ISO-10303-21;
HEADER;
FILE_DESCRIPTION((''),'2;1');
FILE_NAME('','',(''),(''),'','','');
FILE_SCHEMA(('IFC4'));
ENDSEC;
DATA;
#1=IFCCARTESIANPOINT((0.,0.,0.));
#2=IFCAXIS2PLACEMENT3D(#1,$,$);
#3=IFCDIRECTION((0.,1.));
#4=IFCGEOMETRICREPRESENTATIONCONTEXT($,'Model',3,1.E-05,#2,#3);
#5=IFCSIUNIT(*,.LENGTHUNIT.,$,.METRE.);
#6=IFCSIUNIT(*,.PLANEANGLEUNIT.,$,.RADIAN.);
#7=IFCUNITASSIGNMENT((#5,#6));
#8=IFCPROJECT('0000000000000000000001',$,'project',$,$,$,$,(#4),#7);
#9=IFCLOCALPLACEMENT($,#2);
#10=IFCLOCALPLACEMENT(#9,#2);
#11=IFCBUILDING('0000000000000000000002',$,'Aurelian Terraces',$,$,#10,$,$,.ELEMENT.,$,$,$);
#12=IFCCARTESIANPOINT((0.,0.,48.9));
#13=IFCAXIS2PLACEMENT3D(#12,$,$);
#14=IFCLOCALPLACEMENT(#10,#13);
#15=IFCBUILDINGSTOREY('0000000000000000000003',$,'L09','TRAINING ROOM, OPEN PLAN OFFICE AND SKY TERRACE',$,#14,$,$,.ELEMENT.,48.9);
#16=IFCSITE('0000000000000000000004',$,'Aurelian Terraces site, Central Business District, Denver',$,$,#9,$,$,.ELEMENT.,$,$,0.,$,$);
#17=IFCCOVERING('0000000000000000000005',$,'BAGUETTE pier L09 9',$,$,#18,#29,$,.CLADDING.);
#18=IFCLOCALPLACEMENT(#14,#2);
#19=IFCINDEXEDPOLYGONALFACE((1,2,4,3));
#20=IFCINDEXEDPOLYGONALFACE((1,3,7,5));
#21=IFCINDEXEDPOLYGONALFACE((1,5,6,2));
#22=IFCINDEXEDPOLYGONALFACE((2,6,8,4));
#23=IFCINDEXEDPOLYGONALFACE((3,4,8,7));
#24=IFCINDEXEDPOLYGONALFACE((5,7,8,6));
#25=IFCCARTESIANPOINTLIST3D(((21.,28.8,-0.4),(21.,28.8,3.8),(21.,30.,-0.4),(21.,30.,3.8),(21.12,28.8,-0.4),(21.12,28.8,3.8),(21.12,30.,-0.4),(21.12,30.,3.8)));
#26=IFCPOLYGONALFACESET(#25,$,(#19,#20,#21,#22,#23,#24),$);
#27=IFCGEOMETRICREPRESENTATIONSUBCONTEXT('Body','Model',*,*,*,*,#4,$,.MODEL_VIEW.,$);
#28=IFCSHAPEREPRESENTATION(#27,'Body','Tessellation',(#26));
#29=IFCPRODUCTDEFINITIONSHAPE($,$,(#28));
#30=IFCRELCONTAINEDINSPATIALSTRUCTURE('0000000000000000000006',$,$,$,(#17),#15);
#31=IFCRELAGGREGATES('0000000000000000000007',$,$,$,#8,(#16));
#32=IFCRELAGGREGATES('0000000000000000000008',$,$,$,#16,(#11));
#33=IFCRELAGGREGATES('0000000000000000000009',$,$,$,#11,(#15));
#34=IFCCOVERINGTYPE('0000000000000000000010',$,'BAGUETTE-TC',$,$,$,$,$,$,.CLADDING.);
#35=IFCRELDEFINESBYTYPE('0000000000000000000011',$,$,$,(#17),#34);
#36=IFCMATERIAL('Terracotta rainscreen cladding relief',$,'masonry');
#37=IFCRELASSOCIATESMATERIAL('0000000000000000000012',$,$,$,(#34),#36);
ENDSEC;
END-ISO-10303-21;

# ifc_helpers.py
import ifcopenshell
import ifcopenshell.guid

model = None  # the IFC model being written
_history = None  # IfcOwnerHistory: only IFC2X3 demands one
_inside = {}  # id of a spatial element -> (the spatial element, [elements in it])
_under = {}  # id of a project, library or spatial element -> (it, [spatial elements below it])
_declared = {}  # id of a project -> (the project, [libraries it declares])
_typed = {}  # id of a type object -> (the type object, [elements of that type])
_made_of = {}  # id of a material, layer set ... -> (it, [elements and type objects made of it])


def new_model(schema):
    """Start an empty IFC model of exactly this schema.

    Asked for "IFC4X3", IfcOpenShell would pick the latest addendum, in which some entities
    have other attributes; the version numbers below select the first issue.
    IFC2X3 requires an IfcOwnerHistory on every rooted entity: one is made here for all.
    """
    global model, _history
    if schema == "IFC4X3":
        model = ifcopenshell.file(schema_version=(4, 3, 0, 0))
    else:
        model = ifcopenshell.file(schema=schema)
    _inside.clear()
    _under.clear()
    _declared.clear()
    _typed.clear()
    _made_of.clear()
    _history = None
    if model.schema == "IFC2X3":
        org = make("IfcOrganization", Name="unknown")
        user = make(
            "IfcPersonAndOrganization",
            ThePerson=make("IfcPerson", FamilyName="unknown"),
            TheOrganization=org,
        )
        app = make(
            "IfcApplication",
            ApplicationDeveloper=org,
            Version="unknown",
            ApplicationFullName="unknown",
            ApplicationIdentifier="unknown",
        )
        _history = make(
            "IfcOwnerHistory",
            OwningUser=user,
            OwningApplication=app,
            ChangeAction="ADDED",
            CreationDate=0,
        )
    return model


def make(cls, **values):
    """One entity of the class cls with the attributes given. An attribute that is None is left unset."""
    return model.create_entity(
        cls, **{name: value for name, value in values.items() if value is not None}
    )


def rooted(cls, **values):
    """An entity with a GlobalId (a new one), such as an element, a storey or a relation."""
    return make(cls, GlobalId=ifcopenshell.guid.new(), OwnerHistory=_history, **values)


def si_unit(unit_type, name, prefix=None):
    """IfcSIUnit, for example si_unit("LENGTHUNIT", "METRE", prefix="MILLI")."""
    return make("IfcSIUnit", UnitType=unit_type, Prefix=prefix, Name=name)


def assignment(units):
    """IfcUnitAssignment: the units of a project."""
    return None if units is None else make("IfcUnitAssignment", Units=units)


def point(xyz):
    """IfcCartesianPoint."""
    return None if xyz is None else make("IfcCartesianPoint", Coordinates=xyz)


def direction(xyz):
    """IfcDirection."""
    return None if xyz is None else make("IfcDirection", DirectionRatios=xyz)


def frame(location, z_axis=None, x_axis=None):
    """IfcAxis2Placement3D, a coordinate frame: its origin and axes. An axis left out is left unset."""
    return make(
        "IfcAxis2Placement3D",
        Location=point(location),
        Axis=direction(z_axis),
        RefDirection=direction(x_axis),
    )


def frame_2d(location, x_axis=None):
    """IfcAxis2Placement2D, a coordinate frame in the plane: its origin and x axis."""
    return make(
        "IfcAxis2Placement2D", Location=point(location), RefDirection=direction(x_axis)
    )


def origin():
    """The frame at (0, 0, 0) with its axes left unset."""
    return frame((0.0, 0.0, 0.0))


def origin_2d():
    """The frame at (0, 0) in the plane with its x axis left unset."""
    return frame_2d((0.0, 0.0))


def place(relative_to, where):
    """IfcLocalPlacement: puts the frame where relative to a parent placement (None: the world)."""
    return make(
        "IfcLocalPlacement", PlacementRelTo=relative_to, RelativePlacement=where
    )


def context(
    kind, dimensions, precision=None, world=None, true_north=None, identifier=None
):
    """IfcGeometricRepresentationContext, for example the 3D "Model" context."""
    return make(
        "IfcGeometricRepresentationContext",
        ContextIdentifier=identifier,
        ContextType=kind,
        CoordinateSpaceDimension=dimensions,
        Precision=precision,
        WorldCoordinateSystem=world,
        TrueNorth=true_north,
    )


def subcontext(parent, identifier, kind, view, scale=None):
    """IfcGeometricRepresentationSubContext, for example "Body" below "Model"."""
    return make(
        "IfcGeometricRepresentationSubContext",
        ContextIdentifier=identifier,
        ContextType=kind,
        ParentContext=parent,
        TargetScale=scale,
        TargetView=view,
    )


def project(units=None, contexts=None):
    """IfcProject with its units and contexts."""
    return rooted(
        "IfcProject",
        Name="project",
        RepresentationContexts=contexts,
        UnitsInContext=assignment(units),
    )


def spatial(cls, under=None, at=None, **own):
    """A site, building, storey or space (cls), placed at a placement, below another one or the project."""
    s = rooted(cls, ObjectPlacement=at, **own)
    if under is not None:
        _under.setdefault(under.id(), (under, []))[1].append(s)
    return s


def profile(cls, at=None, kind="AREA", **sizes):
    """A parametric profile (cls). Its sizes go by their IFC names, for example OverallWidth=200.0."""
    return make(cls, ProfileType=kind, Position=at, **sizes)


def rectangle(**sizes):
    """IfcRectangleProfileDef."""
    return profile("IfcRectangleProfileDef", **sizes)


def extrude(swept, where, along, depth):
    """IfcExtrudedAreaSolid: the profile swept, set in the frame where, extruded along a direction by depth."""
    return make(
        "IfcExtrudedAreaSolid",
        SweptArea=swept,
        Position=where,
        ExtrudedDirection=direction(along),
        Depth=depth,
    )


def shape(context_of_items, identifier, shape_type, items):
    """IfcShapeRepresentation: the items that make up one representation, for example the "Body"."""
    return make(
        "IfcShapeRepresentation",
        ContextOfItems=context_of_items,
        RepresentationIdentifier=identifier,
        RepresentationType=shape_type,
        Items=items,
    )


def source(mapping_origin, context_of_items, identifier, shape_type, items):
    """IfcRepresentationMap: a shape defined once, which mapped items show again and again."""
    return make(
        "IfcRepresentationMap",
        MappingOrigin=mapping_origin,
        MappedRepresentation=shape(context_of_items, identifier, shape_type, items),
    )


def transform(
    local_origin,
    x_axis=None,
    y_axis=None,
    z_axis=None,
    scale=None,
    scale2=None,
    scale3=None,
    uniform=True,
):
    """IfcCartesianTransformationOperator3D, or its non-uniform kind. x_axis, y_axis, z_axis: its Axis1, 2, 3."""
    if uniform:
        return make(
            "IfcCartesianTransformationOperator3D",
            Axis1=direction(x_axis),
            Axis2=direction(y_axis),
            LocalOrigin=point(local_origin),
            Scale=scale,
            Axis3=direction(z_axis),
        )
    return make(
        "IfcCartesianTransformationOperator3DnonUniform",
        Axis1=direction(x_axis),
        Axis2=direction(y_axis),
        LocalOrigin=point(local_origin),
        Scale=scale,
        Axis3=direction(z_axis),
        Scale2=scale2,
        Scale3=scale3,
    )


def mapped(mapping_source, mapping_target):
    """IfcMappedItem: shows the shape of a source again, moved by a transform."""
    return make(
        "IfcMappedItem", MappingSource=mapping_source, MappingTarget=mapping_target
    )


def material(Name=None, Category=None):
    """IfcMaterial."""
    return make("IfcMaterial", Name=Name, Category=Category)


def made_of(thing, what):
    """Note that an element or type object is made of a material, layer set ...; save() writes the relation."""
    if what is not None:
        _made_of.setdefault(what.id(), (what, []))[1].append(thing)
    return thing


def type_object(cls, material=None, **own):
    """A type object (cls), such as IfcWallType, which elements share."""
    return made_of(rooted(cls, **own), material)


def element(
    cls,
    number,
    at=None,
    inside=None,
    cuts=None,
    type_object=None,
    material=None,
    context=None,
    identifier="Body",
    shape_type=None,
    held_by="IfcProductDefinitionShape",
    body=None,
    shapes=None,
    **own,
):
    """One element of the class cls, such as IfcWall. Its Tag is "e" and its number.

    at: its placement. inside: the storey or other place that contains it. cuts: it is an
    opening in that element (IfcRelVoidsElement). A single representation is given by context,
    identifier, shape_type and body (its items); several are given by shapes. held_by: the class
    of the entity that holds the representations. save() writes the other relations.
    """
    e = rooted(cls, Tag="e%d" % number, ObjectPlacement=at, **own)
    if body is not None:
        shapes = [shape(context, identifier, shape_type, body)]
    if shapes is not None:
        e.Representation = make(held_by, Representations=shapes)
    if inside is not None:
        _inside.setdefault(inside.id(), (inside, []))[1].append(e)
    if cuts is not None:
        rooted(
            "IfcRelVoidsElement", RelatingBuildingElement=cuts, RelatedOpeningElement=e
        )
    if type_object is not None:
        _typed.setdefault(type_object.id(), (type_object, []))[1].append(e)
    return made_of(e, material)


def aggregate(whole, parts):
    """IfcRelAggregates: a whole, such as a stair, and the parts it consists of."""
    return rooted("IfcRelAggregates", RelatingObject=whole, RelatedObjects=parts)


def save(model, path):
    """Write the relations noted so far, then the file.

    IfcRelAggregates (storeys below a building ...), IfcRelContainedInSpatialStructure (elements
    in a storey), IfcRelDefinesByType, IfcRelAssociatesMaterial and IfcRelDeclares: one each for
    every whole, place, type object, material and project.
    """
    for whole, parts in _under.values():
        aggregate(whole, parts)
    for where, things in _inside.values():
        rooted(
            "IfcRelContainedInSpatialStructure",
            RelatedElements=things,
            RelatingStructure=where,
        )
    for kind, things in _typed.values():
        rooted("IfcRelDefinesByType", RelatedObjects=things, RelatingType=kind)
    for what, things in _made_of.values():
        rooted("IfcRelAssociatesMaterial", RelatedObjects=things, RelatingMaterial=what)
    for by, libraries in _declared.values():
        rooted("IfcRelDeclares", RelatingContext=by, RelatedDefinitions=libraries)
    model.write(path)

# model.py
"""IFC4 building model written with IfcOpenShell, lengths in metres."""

from ifc_helpers import new_model, si_unit, direction, frame, origin, origin_2d, place, context, subcontext, project, spatial, rectangle, extrude, source, transform, mapped, material, type_object, element, save


model = new_model("IFC4")

# Units and contexts
model_context = context("Model", 3, precision=1e-05, world=origin(), true_north=direction((0.0, 1.0)))
body_context = subcontext(model_context, "Body", "Model", "MODEL_VIEW")
ifc_project = project(units=[si_unit("LENGTHUNIT", "METRE"), si_unit("PLANEANGLEUNIT", "RADIAN")], contexts=[model_context])

# Site, building, storey
site_placement = place(None, origin())
site = spatial("IfcSite", under=ifc_project, at=site_placement, Name="Aurelian Terraces site, Central Business District, Denver", CompositionType="ELEMENT", RefElevation=0.0)
building_placement = place(site_placement, origin())
building = spatial("IfcBuilding", under=site, at=building_placement, Name="Aurelian Terraces", CompositionType="ELEMENT")
storey_placement = place(building_placement, frame((0.0, 0.0, 48.9)))
storey = spatial("IfcBuildingStorey", under=building, at=storey_placement, Name="L09", Description="TRAINING ROOM, OPEN PLAN OFFICE AND SKY TERRACE", CompositionType="ELEMENT", Elevation=48.9)

# Covering
ifc_material_1 = material(Name="Terracotta rainscreen cladding relief", Category="masonry")
covering_type = type_object("IfcCoveringType", Name="BAGUETTE-TC", PredefinedType="CLADDING", material=ifc_material_1)
shared_shape_1 = source(origin(), body_context, "Body", "SweptSolid", [
    extrude(rectangle(XDim=0.12, YDim=1.2, at=origin_2d()), origin(), (0.0, 0.0, 1.0), 4.2),
])
covering_placement = place(storey_placement, frame((21.06, 29.4, -0.4), z_axis=(0.0, 0.0, 1.0), x_axis=(1.0, 0.0, 0.0)))
element("IfcCovering", 1, at=covering_placement, inside=storey, type_object=covering_type, Name="BAGUETTE pier L09 9", PredefinedType="CLADDING", context=body_context, shape_type="MappedRepresentation", body=[
    mapped(shared_shape_1, transform((0.0, 0.0, 0.0), scale=1.0)),
])

save(model, "model.ifc")
